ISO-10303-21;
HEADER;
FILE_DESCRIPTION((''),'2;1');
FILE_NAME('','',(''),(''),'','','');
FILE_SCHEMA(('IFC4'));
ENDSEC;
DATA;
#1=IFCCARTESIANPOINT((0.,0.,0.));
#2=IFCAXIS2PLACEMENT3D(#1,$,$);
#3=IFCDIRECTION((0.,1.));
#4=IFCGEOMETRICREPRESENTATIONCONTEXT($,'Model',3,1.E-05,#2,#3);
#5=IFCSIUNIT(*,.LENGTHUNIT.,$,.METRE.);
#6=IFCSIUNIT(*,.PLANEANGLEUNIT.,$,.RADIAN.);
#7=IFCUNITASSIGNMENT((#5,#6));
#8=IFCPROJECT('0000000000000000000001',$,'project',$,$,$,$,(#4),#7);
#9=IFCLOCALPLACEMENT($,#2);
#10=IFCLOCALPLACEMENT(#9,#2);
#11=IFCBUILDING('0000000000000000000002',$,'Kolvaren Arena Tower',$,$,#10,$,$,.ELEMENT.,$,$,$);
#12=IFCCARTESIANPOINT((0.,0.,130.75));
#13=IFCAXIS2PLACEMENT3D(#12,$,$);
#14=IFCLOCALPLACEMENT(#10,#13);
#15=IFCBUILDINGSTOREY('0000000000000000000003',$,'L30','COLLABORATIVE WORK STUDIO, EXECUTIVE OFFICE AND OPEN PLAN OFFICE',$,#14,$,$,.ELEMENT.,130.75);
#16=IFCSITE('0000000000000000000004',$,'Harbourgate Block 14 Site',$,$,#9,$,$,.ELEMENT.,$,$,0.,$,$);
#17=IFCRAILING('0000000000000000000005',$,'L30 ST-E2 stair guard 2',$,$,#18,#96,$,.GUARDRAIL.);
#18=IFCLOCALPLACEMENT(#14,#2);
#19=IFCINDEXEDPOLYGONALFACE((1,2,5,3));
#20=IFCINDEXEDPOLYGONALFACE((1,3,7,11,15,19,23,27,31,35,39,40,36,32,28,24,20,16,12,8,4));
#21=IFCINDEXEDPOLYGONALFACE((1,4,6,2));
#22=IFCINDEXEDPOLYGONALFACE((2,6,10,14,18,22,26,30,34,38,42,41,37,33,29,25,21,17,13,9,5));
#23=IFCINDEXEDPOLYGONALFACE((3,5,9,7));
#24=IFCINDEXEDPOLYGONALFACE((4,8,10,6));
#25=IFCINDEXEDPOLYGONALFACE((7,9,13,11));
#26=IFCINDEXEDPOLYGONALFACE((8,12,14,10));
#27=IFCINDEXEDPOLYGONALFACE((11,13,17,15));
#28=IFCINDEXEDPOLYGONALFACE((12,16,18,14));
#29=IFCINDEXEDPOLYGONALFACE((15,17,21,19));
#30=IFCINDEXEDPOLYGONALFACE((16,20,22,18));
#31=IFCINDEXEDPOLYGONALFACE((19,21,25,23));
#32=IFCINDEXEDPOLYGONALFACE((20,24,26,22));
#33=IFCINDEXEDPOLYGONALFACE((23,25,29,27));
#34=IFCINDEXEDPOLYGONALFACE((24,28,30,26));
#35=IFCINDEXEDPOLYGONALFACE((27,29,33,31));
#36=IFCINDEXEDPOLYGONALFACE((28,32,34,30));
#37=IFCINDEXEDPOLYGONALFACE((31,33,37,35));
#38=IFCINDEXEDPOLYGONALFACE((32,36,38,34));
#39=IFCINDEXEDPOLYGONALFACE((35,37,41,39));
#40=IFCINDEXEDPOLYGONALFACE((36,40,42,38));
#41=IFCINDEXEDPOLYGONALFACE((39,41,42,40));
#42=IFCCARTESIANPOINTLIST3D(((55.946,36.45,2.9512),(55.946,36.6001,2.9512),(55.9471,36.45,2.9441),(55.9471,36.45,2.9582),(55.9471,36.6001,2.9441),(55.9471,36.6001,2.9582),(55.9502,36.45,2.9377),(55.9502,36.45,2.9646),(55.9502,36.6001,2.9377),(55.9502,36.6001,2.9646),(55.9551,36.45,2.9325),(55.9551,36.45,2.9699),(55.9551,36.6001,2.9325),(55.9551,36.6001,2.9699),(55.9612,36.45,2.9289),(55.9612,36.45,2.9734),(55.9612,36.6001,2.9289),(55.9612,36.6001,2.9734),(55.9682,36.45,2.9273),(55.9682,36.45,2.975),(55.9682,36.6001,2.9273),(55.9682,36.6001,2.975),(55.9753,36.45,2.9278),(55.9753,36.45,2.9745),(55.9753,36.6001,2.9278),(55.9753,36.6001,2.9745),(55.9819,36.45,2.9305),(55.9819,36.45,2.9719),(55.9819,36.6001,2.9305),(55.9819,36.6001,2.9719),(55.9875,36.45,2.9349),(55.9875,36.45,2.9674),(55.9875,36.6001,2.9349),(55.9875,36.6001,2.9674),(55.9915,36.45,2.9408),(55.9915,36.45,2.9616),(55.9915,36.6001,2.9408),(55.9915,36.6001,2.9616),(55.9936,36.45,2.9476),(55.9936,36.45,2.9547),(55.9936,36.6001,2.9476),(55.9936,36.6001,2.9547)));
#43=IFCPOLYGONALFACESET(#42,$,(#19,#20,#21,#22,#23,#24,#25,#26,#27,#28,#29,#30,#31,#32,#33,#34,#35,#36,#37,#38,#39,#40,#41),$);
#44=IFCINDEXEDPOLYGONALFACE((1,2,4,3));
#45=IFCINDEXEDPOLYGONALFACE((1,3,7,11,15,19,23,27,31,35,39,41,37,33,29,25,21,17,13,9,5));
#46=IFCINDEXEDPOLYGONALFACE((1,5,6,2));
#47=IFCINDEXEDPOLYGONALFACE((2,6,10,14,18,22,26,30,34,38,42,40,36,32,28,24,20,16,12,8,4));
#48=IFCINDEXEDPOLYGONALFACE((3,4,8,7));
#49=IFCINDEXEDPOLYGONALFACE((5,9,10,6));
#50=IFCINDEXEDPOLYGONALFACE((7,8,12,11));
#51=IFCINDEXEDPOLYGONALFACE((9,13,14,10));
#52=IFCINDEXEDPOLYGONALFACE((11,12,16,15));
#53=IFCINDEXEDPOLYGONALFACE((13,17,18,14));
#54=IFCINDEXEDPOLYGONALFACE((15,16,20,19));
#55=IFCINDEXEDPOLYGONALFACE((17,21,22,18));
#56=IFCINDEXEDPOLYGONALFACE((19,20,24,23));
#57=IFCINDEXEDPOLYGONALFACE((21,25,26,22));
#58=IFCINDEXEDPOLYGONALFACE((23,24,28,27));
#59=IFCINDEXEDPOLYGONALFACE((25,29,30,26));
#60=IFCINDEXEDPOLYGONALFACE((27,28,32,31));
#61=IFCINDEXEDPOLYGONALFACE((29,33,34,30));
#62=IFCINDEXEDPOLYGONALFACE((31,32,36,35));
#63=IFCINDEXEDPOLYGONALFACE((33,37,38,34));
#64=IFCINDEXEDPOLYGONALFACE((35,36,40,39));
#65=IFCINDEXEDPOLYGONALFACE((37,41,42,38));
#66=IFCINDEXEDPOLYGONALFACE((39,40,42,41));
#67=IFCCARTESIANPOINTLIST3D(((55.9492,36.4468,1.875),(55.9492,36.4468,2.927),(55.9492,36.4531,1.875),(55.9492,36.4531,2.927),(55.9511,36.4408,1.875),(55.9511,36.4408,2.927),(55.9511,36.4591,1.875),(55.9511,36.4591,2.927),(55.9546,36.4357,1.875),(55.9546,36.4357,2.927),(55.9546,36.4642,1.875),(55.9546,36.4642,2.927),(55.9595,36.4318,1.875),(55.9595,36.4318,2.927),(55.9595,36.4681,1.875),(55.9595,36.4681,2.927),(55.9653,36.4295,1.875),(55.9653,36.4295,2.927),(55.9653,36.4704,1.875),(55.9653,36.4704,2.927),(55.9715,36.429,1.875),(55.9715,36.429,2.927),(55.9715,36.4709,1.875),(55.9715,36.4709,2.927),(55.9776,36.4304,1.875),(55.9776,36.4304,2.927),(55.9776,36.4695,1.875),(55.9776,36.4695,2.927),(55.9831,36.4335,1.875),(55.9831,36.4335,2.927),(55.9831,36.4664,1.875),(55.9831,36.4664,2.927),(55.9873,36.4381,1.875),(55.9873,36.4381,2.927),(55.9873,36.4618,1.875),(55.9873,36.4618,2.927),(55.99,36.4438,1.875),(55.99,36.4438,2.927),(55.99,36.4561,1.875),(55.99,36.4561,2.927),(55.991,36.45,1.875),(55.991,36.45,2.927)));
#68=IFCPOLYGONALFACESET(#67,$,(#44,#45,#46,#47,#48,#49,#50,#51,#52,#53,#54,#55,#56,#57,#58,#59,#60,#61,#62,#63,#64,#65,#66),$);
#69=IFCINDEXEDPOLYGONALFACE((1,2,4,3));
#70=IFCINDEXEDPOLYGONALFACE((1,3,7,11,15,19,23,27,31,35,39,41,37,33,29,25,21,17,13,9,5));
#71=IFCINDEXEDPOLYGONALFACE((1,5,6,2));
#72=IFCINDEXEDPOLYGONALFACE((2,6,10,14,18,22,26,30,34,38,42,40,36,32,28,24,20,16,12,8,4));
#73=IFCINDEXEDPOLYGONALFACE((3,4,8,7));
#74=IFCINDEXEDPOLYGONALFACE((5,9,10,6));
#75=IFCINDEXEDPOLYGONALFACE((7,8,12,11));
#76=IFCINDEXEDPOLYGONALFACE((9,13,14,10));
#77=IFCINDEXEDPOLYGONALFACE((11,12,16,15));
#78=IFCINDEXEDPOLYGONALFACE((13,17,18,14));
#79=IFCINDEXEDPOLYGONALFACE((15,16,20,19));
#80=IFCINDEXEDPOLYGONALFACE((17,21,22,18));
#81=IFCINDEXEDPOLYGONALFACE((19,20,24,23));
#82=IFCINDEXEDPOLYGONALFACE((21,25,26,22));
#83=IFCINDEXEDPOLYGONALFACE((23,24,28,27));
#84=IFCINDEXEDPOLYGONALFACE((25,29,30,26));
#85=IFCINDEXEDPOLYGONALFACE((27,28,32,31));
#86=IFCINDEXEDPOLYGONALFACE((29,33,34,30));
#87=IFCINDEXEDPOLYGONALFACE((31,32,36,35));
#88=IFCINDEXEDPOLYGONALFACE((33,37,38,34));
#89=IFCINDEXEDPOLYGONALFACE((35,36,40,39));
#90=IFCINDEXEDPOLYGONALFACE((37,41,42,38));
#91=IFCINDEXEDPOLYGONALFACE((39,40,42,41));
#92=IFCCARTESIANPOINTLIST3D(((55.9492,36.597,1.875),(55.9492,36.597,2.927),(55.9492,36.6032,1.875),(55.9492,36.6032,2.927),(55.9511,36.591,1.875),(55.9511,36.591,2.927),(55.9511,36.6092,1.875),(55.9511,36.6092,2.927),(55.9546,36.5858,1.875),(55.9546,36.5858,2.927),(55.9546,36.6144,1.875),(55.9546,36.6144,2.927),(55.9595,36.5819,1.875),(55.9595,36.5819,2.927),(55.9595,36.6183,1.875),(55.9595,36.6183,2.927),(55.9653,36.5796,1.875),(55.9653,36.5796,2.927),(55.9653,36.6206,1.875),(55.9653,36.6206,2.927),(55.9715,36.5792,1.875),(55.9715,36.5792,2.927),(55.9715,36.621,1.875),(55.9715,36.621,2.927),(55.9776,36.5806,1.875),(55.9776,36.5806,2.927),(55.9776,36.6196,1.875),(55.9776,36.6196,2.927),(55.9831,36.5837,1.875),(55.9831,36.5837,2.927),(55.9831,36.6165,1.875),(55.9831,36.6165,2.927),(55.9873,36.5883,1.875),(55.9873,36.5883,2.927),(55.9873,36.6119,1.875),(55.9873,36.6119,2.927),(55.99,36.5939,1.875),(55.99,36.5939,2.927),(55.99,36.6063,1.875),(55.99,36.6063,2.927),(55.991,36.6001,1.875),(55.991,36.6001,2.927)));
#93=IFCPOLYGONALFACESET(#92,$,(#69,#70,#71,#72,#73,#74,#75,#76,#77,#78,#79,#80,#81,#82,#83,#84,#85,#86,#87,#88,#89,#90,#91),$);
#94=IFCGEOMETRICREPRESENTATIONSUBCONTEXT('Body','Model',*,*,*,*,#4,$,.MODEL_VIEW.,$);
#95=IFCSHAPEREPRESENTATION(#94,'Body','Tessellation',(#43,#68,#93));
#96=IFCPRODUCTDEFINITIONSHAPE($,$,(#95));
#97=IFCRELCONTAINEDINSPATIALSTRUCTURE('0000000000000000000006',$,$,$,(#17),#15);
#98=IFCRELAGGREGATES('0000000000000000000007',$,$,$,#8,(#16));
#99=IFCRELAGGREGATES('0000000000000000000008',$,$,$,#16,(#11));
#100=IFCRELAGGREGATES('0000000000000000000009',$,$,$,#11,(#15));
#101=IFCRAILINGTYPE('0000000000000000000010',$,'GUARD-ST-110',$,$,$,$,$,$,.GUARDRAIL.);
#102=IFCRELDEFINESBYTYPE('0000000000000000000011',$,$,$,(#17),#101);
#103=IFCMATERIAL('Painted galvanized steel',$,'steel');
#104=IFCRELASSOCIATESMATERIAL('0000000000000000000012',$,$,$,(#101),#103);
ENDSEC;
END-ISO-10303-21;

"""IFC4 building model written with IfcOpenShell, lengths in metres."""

from ifc_helpers import new_model, si_unit, direction, frame, origin, origin_2d, place, context, subcontext, project, spatial, circle, extrude, material, type_object, element, save


model = new_model("IFC4")

# Units and contexts
model_context = context("Model", 3, precision=1e-05, world=origin(), true_north=direction((0.0, 1.0)))
body_context = subcontext(model_context, "Body", "Model", "MODEL_VIEW")
ifc_project = project(units=[si_unit("LENGTHUNIT", "METRE"), si_unit("PLANEANGLEUNIT", "RADIAN")], contexts=[model_context])

# Site, building, storey
site_placement = place(None, origin())
site = spatial("IfcSite", under=ifc_project, at=site_placement, Name="Harbourgate Block 14 Site", CompositionType="ELEMENT", RefElevation=0.0)
building_placement = place(site_placement, origin())
building = spatial("IfcBuilding", under=site, at=building_placement, Name="Kolvaren Arena Tower", CompositionType="ELEMENT")
storey_placement = place(building_placement, frame((0.0, 0.0, 130.75)))
storey = spatial("IfcBuildingStorey", under=building, at=storey_placement, Name="L30", Description="COLLABORATIVE WORK STUDIO, EXECUTIVE OFFICE AND OPEN PLAN OFFICE", CompositionType="ELEMENT", Elevation=130.75)

# Railing
ifc_material_1 = material(Name="Painted galvanized steel", Category="steel")
railing_type_1 = type_object("IfcRailingType", Name="GUARD-ST-110", PredefinedType="GUARDRAIL", material=ifc_material_1)
railing_1_placement = place(storey_placement, frame((55.97, 36.45, 1.875)))
element("IfcRailing", 1, at=railing_1_placement, inside=storey, type_object=railing_type_1, Name="L30 ST-E2 stair guard 2", PredefinedType="GUARDRAIL", context=body_context, shape_type="SweptSolid", body=[
    extrude(circle(Radius=0.0239, at=origin_2d()), frame((0.0, 0.0, 1.0762), z_axis=(0.0, 1.0, 0.0), x_axis=(-1.0, 0.0, 0.0)), (0.0, 0.0, 1.0), 0.1501),
    extrude(circle(Radius=0.021, at=origin_2d()), origin(), (0.0, 0.0, 1.0), 1.052),
    extrude(circle(Radius=0.021, at=origin_2d()), frame((0.0, 0.1501, 0.0)), (0.0, 0.0, 1.0), 1.052),
])

save(model, "model.ifc")
